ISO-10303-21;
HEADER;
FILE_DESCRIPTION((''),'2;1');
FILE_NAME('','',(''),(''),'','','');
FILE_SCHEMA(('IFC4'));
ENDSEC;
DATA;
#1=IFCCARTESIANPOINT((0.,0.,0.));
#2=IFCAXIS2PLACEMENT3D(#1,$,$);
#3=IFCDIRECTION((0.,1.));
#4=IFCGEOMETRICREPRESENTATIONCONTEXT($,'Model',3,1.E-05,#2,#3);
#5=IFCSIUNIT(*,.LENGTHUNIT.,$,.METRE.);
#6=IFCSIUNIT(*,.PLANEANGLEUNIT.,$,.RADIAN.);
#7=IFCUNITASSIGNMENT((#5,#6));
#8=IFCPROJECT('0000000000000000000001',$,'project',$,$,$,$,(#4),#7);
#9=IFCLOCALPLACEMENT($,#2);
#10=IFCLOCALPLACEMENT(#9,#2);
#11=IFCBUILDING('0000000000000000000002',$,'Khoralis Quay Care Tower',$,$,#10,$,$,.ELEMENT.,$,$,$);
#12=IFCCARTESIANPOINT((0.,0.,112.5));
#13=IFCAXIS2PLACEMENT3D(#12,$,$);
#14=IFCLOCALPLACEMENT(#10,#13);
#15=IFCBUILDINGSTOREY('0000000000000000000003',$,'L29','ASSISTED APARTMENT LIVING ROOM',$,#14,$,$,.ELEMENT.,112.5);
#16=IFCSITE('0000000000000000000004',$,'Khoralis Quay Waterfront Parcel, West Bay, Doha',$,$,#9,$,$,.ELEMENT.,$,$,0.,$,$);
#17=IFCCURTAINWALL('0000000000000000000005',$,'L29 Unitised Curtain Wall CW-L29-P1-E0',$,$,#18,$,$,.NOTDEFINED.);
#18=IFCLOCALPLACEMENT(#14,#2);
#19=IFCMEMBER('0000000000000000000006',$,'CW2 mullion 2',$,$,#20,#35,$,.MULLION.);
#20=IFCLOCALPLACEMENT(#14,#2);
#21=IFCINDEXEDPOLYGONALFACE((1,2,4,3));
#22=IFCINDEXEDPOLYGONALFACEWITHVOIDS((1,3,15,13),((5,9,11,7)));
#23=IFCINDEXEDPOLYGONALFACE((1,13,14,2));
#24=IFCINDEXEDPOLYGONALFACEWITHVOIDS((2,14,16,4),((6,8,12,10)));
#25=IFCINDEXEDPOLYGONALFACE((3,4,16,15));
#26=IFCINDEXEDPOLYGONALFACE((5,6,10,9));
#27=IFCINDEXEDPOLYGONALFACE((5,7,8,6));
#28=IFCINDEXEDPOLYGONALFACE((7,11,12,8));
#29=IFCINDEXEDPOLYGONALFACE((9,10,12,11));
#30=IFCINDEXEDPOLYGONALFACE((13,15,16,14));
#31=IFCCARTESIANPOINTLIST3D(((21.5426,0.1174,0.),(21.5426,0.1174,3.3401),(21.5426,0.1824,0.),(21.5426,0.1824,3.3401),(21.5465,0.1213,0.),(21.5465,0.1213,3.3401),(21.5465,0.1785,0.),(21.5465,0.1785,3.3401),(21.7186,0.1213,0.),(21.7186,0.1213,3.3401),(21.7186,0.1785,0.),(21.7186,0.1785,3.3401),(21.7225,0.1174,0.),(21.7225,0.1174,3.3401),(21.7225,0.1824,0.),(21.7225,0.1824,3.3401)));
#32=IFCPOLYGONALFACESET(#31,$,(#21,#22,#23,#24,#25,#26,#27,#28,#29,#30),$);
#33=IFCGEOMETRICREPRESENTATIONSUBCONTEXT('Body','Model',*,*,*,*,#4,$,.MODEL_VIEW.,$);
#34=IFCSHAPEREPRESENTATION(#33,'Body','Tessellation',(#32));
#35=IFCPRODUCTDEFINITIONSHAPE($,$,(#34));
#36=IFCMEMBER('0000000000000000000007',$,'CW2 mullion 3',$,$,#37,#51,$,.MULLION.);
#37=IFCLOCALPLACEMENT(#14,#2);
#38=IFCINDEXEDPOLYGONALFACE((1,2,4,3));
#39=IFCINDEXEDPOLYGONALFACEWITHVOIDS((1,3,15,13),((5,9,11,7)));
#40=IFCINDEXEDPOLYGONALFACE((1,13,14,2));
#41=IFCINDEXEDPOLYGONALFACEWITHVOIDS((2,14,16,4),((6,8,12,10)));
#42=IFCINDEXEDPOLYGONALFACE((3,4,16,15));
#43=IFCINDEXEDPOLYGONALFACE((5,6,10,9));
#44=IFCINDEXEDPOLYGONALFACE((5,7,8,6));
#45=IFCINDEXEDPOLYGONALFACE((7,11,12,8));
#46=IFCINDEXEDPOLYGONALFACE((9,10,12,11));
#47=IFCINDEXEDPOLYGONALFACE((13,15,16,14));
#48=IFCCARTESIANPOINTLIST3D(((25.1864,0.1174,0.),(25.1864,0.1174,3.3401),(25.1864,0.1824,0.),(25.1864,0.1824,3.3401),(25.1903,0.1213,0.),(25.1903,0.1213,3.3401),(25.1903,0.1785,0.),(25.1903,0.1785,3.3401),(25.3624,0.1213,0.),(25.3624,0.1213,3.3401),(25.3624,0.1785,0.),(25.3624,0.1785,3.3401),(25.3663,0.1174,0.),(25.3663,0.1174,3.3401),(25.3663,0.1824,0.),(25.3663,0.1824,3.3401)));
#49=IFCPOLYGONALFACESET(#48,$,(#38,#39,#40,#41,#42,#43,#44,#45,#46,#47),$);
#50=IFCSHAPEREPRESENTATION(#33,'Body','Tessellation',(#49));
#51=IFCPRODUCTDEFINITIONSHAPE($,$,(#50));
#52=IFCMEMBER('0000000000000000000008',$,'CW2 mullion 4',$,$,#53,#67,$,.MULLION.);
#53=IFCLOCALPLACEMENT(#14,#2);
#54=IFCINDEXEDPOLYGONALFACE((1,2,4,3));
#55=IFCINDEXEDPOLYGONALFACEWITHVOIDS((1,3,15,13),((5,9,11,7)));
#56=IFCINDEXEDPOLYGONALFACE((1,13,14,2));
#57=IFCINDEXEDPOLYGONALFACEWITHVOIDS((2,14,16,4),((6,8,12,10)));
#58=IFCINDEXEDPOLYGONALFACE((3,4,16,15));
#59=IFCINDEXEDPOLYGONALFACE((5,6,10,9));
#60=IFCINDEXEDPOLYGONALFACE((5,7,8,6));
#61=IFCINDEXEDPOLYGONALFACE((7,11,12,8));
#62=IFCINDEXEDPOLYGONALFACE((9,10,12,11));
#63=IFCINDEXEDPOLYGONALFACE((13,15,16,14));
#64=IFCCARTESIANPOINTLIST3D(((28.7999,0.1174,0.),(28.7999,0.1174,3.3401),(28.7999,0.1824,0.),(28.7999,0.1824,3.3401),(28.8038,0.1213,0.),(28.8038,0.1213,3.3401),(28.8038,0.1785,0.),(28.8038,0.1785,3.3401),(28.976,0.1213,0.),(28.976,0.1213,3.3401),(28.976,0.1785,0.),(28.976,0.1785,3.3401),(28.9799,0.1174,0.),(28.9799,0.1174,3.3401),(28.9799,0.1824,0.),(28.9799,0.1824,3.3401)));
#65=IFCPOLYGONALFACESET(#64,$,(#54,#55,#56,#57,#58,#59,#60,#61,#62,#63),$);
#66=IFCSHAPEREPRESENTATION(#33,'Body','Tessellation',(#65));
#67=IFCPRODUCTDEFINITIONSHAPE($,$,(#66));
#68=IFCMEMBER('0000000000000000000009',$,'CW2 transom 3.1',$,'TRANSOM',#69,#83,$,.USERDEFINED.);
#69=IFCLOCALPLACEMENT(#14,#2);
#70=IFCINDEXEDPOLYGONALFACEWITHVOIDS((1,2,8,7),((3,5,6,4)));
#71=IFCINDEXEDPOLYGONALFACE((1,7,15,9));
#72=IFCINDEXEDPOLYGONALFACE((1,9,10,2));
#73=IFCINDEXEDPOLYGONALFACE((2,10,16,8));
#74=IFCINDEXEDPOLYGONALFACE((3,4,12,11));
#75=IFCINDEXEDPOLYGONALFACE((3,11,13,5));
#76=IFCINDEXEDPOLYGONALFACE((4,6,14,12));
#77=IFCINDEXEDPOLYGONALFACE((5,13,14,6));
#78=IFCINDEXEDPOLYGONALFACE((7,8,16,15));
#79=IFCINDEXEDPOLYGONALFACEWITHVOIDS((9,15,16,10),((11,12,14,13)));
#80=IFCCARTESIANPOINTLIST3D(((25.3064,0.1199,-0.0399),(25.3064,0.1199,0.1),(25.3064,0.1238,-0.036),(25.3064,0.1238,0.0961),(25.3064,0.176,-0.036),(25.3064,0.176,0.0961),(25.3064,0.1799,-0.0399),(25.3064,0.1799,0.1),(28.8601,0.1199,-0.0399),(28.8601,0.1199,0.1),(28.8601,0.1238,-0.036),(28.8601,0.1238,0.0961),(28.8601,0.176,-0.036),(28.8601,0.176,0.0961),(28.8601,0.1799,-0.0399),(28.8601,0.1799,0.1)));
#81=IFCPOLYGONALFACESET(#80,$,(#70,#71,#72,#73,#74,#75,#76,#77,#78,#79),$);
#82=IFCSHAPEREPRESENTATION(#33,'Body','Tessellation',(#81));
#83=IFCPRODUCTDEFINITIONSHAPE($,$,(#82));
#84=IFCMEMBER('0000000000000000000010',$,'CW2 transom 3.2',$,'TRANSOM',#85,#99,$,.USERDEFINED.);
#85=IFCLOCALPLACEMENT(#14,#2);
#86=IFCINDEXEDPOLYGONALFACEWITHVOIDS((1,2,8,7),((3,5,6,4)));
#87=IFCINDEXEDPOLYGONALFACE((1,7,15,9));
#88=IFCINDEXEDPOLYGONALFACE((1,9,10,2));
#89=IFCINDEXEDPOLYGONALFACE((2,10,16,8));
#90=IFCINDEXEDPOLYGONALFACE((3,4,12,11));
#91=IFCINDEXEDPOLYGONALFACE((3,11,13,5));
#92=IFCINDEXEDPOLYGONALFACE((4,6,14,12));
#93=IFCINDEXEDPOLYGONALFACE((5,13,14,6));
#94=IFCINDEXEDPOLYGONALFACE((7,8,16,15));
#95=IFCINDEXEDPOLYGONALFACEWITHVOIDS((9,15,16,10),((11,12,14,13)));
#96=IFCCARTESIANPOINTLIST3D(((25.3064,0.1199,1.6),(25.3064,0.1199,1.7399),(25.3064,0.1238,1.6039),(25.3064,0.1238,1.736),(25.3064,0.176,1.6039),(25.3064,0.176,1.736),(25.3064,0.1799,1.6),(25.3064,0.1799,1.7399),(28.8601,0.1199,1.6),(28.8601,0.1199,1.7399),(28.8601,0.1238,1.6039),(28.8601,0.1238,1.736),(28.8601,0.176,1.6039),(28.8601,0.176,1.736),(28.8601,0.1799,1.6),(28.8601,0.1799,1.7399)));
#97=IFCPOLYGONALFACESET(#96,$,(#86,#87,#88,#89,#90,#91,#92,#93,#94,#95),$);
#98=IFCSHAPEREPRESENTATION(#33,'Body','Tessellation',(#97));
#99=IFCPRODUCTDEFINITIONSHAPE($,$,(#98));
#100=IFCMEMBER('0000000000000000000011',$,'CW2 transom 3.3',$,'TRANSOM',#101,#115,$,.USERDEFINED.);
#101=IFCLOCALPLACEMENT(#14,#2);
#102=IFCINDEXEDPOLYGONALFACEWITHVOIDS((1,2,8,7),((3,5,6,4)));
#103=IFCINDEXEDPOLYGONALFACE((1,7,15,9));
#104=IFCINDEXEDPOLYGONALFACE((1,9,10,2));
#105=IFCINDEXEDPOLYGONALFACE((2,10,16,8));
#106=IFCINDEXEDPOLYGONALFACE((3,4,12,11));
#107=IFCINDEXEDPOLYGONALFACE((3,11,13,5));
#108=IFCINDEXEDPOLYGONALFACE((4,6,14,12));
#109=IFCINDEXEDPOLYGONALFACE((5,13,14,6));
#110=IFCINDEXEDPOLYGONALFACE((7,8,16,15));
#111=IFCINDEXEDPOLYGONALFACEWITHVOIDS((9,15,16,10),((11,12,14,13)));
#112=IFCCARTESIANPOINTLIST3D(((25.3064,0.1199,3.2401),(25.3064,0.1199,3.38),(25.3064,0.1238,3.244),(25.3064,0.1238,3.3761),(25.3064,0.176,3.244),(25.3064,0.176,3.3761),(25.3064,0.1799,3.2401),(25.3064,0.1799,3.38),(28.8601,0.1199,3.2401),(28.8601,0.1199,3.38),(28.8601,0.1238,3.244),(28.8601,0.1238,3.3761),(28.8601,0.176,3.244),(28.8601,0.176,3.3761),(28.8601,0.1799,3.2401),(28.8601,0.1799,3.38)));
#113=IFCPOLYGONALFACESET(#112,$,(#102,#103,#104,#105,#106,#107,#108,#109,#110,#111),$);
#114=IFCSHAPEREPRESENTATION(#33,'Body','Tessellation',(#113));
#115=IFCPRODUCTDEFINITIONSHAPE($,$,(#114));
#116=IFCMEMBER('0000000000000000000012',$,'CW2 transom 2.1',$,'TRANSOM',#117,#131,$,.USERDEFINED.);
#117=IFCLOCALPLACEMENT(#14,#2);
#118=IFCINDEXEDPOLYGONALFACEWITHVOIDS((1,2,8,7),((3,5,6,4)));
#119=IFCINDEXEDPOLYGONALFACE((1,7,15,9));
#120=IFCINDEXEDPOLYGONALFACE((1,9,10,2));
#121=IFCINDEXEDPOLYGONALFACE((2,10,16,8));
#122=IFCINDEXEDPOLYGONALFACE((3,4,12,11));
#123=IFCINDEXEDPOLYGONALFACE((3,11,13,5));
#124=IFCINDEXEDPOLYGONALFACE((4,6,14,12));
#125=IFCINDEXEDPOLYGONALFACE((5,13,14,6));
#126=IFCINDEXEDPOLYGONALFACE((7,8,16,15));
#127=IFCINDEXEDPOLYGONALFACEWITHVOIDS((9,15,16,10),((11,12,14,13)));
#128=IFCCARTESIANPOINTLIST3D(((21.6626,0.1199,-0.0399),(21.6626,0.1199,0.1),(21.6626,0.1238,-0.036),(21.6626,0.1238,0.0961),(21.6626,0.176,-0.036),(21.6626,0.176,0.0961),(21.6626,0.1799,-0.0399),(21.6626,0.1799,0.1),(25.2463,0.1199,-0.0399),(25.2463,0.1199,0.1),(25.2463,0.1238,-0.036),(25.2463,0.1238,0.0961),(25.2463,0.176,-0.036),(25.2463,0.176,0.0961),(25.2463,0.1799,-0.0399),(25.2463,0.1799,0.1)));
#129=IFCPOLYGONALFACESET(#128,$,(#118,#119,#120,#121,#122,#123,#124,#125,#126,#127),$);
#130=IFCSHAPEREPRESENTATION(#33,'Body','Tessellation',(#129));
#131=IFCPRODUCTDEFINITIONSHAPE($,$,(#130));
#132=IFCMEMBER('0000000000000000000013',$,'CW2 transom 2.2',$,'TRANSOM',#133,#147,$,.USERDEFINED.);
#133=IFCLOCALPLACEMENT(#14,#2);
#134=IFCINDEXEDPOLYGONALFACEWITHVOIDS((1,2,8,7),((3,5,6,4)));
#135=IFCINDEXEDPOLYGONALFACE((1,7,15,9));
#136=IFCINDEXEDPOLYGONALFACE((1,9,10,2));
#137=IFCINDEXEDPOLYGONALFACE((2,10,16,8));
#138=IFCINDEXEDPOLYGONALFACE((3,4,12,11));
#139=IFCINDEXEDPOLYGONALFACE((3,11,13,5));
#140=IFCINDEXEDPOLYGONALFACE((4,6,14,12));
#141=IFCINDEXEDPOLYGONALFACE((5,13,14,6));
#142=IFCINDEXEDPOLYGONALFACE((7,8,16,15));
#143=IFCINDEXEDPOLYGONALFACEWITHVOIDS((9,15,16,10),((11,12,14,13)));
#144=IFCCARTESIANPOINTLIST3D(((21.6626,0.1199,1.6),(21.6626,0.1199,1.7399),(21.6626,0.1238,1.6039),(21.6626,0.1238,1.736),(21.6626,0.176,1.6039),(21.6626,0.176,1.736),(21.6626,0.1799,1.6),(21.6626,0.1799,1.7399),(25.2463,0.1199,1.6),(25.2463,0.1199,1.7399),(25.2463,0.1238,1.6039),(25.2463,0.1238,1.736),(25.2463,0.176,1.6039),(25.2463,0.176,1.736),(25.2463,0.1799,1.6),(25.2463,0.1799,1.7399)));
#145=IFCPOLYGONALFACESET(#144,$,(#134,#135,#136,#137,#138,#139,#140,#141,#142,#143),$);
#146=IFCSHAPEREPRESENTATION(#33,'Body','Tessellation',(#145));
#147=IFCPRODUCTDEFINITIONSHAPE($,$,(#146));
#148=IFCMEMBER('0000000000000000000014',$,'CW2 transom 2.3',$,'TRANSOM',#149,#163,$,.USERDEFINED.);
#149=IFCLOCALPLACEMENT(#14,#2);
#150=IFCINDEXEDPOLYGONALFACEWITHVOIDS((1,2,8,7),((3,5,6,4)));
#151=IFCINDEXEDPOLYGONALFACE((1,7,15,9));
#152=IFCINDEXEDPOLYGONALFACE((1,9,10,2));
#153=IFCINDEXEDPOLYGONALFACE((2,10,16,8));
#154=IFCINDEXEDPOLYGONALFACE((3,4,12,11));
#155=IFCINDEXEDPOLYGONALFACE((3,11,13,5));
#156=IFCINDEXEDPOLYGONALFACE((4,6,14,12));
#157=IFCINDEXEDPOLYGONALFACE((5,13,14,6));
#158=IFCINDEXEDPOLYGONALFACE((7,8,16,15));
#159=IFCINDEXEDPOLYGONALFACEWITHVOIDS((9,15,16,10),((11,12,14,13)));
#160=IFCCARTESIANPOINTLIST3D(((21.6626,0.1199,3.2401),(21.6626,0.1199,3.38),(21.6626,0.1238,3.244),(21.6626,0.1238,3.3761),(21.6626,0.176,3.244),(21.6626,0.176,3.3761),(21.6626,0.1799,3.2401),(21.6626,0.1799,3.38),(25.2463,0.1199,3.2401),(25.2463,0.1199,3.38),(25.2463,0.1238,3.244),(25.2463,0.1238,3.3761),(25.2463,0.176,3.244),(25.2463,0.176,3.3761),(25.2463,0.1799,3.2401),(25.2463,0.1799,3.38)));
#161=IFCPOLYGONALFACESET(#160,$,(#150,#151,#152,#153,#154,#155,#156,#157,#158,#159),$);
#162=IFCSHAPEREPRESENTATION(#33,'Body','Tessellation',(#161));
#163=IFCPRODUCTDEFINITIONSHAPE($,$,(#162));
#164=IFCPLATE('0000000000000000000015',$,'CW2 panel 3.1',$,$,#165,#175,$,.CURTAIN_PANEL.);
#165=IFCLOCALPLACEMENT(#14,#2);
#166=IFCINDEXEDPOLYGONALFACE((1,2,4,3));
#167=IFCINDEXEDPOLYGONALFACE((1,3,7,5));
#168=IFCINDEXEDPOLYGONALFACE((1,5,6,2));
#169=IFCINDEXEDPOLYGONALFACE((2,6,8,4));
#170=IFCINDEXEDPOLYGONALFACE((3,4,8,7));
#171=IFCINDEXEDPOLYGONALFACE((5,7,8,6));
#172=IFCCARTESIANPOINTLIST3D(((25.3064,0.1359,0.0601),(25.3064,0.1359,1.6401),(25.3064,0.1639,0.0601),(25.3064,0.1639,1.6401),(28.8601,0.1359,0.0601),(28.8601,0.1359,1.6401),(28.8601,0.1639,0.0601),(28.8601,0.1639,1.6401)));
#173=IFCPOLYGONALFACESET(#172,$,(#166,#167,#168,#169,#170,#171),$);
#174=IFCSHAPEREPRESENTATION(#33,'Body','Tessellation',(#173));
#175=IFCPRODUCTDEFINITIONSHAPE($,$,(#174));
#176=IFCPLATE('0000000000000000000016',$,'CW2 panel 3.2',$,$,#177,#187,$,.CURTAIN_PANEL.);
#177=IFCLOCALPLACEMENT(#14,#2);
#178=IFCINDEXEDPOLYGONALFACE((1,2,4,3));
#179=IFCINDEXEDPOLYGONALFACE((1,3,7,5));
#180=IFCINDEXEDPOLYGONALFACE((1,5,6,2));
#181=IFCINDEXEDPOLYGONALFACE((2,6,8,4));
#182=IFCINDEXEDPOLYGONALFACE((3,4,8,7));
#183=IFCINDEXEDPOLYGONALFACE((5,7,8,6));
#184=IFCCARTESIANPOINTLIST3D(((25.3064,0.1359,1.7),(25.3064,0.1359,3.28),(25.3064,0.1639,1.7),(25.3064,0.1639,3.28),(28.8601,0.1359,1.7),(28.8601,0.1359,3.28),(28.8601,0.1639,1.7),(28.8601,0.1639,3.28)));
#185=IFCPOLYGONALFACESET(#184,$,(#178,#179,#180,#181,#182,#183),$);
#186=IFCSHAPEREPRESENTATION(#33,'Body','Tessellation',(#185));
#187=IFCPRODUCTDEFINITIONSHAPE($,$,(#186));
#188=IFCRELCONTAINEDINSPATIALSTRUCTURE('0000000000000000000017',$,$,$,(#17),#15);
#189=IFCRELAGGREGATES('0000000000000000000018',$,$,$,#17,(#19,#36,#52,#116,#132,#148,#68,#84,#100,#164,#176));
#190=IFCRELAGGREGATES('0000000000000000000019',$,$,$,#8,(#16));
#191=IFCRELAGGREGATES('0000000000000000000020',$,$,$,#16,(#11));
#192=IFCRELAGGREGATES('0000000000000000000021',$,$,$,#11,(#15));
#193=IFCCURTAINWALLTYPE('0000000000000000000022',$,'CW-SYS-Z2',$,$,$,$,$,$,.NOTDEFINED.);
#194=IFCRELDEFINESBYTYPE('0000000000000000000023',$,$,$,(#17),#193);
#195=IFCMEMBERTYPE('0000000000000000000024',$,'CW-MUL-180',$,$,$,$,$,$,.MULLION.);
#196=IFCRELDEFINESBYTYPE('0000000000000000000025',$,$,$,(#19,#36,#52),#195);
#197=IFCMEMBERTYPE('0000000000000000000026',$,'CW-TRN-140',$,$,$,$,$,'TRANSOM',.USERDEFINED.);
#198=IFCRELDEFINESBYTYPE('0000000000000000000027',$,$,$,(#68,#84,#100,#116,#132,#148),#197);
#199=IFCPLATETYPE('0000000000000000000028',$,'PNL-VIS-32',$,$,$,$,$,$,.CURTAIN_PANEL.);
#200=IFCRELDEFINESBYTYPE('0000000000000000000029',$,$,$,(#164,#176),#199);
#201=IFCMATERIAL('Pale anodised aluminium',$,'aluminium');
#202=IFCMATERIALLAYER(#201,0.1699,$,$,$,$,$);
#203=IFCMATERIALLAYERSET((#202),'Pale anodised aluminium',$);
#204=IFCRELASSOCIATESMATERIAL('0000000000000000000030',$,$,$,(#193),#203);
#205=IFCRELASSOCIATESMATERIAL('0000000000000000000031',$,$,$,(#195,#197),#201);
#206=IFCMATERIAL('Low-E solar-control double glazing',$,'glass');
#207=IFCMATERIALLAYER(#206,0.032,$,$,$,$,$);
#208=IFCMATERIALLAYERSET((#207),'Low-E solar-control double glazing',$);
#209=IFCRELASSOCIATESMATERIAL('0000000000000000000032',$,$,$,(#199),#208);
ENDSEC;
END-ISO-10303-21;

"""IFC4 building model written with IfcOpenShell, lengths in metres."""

from ifc_helpers import new_model, si_unit, direction, frame, origin, origin_2d, place, context, subcontext, project, spatial, rectangle, hollow_rectangle, extrude, source, transform, mapped, material, layer, layer_set, material_profile, profile_set, type_object, element, aggregate, save


model = new_model("IFC4")

# Units and contexts
model_context = context("Model", 3, precision=1e-05, world=origin(), true_north=direction((0.0, 1.0)))
body_context = subcontext(model_context, "Body", "Model", "MODEL_VIEW")
ifc_project = project(units=[si_unit("LENGTHUNIT", "METRE"), si_unit("PLANEANGLEUNIT", "RADIAN")], contexts=[model_context])

# Site, building, storey
site_placement = place(None, origin())
site = spatial("IfcSite", under=ifc_project, at=site_placement, Name="Khoralis Quay Waterfront Parcel, West Bay, Doha", CompositionType="ELEMENT", RefElevation=0.0)
building_placement = place(site_placement, origin())
building = spatial("IfcBuilding", under=site, at=building_placement, Name="Khoralis Quay Care Tower", CompositionType="ELEMENT")
storey_placement = place(building_placement, frame((0.0, 0.0, 112.5)))
storey = spatial("IfcBuildingStorey", under=building, at=storey_placement, Name="L29", Description="ASSISTED APARTMENT LIVING ROOM", CompositionType="ELEMENT", Elevation=112.5)

# Curtain wall, members, plates
ifc_material_1 = material(Name="Pale anodised aluminium", Category="aluminium")
ifc_layer_1 = layer(ifc_material_1, 0.1699)
ifc_layer_set_1 = layer_set([ifc_layer_1], Name="Pale anodised aluminium")
curtain_wall_type = type_object("IfcCurtainWallType", Name="CW-SYS-Z2", PredefinedType="NOTDEFINED", material=ifc_layer_set_1)
curtain_wall_placement = place(storey_placement, origin())
curtain_wall = element("IfcCurtainWall", 1, at=curtain_wall_placement, inside=storey, type_object=curtain_wall_type, Name="L29 Unitised Curtain Wall CW-L29-P1-E0", PredefinedType="NOTDEFINED")
ifc_material_profile_1 = material_profile(ifc_material_1, hollow_rectangle(XDim=0.0649, YDim=0.1799, WallThickness=0.0039, at=origin_2d()), Name="Pale anodised aluminium")
ifc_profile_set_1 = profile_set([ifc_material_profile_1], Name="Pale anodised aluminium")
member_type_1 = type_object("IfcMemberType", Name="CW-MUL-180", PredefinedType="MULLION", material=ifc_profile_set_1)
shared_shape_1 = source(origin(), body_context, "Body", "SweptSolid", [
    extrude(hollow_rectangle(XDim=0.0649, YDim=0.1799, WallThickness=0.0039, at=origin_2d()), origin(), (0.0, 0.0, 1.0), 3.3401),
])
member_1_placement = place(storey_placement, frame((21.6326, 0.1499, 0.0), z_axis=(0.0, 0.0, 1.0), x_axis=(0.0, 1.0, 0.0)))
member_1 = element("IfcMember", 2, at=member_1_placement, type_object=member_type_1, Name="CW2 mullion 2", PredefinedType="MULLION", context=body_context, shape_type="MappedRepresentation", body=[
    mapped(shared_shape_1, transform((0.0, 0.0, 0.0), scale=1.0)),
])
member_2_placement = place(storey_placement, frame((25.2764, 0.1499, 0.0), z_axis=(0.0, 0.0, 1.0), x_axis=(0.0, 1.0, 0.0)))
member_2 = element("IfcMember", 3, at=member_2_placement, type_object=member_type_1, Name="CW2 mullion 3", PredefinedType="MULLION", context=body_context, shape_type="MappedRepresentation", body=[
    mapped(shared_shape_1, transform((0.0, 0.0, 0.0), scale=1.0)),
])
member_3_placement = place(storey_placement, frame((28.8899, 0.1499, 0.0), z_axis=(0.0, 0.0, 1.0), x_axis=(0.0, 1.0, 0.0)))
member_3 = element("IfcMember", 4, at=member_3_placement, type_object=member_type_1, Name="CW2 mullion 4", PredefinedType="MULLION", context=body_context, shape_type="MappedRepresentation", body=[
    mapped(shared_shape_1, transform((0.0, 0.0, 0.0), scale=1.0)),
])
ifc_material_profile_2 = material_profile(ifc_material_1, hollow_rectangle(XDim=0.0601, YDim=0.1399, WallThickness=0.0039, at=origin_2d()), Name="Pale anodised aluminium")
ifc_profile_set_2 = profile_set([ifc_material_profile_2], Name="Pale anodised aluminium")
member_type_2 = type_object("IfcMemberType", Name="CW-TRN-140", ElementType="TRANSOM", PredefinedType="USERDEFINED", material=ifc_profile_set_2)
shared_shape_2 = source(origin(), body_context, "Body", "SweptSolid", [
    extrude(hollow_rectangle(XDim=0.0601, YDim=0.1399, WallThickness=0.0039, at=origin_2d()), origin(), (0.0, 0.0, 1.0), 3.5537),
])
member_4_placement = place(storey_placement, frame((25.3064, 0.1499, 0.03), z_axis=(1.0, 0.0, 0.0), x_axis=(0.0, 1.0, 0.0)))
member_4 = element("IfcMember", 5, at=member_4_placement, type_object=member_type_2, Name="CW2 transom 3.1", ObjectType="TRANSOM", PredefinedType="USERDEFINED", context=body_context, shape_type="MappedRepresentation", body=[
    mapped(shared_shape_2, transform((0.0, 0.0, 0.0), scale=1.0)),
])
member_5_placement = place(storey_placement, frame((25.3064, 0.1499, 1.6699), z_axis=(1.0, 0.0, 0.0), x_axis=(0.0, 1.0, 0.0)))
member_5 = element("IfcMember", 6, at=member_5_placement, type_object=member_type_2, Name="CW2 transom 3.2", ObjectType="TRANSOM", PredefinedType="USERDEFINED", context=body_context, shape_type="MappedRepresentation", body=[
    mapped(shared_shape_2, transform((0.0, 0.0, 0.0), scale=1.0)),
])
member_6_placement = place(storey_placement, frame((25.3064, 0.1499, 3.3101), z_axis=(1.0, 0.0, 0.0), x_axis=(0.0, 1.0, 0.0)))
member_6 = element("IfcMember", 7, at=member_6_placement, type_object=member_type_2, Name="CW2 transom 3.3", ObjectType="TRANSOM", PredefinedType="USERDEFINED", context=body_context, shape_type="MappedRepresentation", body=[
    mapped(shared_shape_2, transform((0.0, 0.0, 0.0), scale=1.0)),
])
shared_shape_3 = source(origin(), body_context, "Body", "SweptSolid", [
    extrude(hollow_rectangle(XDim=0.0601, YDim=0.1399, WallThickness=0.0039, at=origin_2d()), origin(), (0.0, 0.0, 1.0), 3.5837),
])
member_7_placement = place(storey_placement, frame((21.6626, 0.1499, 0.03), z_axis=(1.0, 0.0, 0.0), x_axis=(0.0, 1.0, 0.0)))
member_7 = element("IfcMember", 8, at=member_7_placement, type_object=member_type_2, Name="CW2 transom 2.1", ObjectType="TRANSOM", PredefinedType="USERDEFINED", context=body_context, shape_type="MappedRepresentation", body=[
    mapped(shared_shape_3, transform((0.0, 0.0, 0.0), scale=1.0)),
])
member_8_placement = place(storey_placement, frame((21.6626, 0.1499, 1.6699), z_axis=(1.0, 0.0, 0.0), x_axis=(0.0, 1.0, 0.0)))
member_8 = element("IfcMember", 9, at=member_8_placement, type_object=member_type_2, Name="CW2 transom 2.2", ObjectType="TRANSOM", PredefinedType="USERDEFINED", context=body_context, shape_type="MappedRepresentation", body=[
    mapped(shared_shape_3, transform((0.0, 0.0, 0.0), scale=1.0)),
])
member_9_placement = place(storey_placement, frame((21.6626, 0.1499, 3.3101), z_axis=(1.0, 0.0, 0.0), x_axis=(0.0, 1.0, 0.0)))
member_9 = element("IfcMember", 10, at=member_9_placement, type_object=member_type_2, Name="CW2 transom 2.3", ObjectType="TRANSOM", PredefinedType="USERDEFINED", context=body_context, shape_type="MappedRepresentation", body=[
    mapped(shared_shape_3, transform((0.0, 0.0, 0.0), scale=1.0)),
])
ifc_material_2 = material(Name="Low-E solar-control double glazing", Category="glass")
ifc_layer_2 = layer(ifc_material_2, 0.032)
ifc_layer_set_2 = layer_set([ifc_layer_2], Name="Low-E solar-control double glazing")
plate_type = type_object("IfcPlateType", Name="PNL-VIS-32", PredefinedType="CURTAIN_PANEL", material=ifc_layer_set_2)
shared_shape_4 = source(origin(), body_context, "Body", "SweptSolid", [
    extrude(rectangle(XDim=3.5537, YDim=0.0281, at=origin_2d()), origin(), (0.0, 0.0, 1.0), 1.5801),
])
plate_1_placement = place(storey_placement, frame((27.0833, 0.1499, 0.0601), z_axis=(0.0, 0.0, 1.0), x_axis=(1.0, 0.0, 0.0)))
plate_1 = element("IfcPlate", 11, at=plate_1_placement, type_object=plate_type, Name="CW2 panel 3.1", PredefinedType="CURTAIN_PANEL", context=body_context, shape_type="MappedRepresentation", body=[
    mapped(shared_shape_4, transform((0.0, 0.0, 0.0), scale=1.0)),
])
plate_2_placement = place(storey_placement, frame((27.0833, 0.1499, 1.7), z_axis=(0.0, 0.0, 1.0), x_axis=(1.0, 0.0, 0.0)))
plate_2 = element("IfcPlate", 12, at=plate_2_placement, type_object=plate_type, Name="CW2 panel 3.2", PredefinedType="CURTAIN_PANEL", context=body_context, shape_type="MappedRepresentation", body=[
    mapped(shared_shape_4, transform((0.0, 0.0, 0.0), scale=1.0)),
])
aggregate(curtain_wall, [member_1, member_2, member_3, member_7, member_8, member_9, member_4, member_5, member_6, plate_1, plate_2])

save(model, "model.ifc")
